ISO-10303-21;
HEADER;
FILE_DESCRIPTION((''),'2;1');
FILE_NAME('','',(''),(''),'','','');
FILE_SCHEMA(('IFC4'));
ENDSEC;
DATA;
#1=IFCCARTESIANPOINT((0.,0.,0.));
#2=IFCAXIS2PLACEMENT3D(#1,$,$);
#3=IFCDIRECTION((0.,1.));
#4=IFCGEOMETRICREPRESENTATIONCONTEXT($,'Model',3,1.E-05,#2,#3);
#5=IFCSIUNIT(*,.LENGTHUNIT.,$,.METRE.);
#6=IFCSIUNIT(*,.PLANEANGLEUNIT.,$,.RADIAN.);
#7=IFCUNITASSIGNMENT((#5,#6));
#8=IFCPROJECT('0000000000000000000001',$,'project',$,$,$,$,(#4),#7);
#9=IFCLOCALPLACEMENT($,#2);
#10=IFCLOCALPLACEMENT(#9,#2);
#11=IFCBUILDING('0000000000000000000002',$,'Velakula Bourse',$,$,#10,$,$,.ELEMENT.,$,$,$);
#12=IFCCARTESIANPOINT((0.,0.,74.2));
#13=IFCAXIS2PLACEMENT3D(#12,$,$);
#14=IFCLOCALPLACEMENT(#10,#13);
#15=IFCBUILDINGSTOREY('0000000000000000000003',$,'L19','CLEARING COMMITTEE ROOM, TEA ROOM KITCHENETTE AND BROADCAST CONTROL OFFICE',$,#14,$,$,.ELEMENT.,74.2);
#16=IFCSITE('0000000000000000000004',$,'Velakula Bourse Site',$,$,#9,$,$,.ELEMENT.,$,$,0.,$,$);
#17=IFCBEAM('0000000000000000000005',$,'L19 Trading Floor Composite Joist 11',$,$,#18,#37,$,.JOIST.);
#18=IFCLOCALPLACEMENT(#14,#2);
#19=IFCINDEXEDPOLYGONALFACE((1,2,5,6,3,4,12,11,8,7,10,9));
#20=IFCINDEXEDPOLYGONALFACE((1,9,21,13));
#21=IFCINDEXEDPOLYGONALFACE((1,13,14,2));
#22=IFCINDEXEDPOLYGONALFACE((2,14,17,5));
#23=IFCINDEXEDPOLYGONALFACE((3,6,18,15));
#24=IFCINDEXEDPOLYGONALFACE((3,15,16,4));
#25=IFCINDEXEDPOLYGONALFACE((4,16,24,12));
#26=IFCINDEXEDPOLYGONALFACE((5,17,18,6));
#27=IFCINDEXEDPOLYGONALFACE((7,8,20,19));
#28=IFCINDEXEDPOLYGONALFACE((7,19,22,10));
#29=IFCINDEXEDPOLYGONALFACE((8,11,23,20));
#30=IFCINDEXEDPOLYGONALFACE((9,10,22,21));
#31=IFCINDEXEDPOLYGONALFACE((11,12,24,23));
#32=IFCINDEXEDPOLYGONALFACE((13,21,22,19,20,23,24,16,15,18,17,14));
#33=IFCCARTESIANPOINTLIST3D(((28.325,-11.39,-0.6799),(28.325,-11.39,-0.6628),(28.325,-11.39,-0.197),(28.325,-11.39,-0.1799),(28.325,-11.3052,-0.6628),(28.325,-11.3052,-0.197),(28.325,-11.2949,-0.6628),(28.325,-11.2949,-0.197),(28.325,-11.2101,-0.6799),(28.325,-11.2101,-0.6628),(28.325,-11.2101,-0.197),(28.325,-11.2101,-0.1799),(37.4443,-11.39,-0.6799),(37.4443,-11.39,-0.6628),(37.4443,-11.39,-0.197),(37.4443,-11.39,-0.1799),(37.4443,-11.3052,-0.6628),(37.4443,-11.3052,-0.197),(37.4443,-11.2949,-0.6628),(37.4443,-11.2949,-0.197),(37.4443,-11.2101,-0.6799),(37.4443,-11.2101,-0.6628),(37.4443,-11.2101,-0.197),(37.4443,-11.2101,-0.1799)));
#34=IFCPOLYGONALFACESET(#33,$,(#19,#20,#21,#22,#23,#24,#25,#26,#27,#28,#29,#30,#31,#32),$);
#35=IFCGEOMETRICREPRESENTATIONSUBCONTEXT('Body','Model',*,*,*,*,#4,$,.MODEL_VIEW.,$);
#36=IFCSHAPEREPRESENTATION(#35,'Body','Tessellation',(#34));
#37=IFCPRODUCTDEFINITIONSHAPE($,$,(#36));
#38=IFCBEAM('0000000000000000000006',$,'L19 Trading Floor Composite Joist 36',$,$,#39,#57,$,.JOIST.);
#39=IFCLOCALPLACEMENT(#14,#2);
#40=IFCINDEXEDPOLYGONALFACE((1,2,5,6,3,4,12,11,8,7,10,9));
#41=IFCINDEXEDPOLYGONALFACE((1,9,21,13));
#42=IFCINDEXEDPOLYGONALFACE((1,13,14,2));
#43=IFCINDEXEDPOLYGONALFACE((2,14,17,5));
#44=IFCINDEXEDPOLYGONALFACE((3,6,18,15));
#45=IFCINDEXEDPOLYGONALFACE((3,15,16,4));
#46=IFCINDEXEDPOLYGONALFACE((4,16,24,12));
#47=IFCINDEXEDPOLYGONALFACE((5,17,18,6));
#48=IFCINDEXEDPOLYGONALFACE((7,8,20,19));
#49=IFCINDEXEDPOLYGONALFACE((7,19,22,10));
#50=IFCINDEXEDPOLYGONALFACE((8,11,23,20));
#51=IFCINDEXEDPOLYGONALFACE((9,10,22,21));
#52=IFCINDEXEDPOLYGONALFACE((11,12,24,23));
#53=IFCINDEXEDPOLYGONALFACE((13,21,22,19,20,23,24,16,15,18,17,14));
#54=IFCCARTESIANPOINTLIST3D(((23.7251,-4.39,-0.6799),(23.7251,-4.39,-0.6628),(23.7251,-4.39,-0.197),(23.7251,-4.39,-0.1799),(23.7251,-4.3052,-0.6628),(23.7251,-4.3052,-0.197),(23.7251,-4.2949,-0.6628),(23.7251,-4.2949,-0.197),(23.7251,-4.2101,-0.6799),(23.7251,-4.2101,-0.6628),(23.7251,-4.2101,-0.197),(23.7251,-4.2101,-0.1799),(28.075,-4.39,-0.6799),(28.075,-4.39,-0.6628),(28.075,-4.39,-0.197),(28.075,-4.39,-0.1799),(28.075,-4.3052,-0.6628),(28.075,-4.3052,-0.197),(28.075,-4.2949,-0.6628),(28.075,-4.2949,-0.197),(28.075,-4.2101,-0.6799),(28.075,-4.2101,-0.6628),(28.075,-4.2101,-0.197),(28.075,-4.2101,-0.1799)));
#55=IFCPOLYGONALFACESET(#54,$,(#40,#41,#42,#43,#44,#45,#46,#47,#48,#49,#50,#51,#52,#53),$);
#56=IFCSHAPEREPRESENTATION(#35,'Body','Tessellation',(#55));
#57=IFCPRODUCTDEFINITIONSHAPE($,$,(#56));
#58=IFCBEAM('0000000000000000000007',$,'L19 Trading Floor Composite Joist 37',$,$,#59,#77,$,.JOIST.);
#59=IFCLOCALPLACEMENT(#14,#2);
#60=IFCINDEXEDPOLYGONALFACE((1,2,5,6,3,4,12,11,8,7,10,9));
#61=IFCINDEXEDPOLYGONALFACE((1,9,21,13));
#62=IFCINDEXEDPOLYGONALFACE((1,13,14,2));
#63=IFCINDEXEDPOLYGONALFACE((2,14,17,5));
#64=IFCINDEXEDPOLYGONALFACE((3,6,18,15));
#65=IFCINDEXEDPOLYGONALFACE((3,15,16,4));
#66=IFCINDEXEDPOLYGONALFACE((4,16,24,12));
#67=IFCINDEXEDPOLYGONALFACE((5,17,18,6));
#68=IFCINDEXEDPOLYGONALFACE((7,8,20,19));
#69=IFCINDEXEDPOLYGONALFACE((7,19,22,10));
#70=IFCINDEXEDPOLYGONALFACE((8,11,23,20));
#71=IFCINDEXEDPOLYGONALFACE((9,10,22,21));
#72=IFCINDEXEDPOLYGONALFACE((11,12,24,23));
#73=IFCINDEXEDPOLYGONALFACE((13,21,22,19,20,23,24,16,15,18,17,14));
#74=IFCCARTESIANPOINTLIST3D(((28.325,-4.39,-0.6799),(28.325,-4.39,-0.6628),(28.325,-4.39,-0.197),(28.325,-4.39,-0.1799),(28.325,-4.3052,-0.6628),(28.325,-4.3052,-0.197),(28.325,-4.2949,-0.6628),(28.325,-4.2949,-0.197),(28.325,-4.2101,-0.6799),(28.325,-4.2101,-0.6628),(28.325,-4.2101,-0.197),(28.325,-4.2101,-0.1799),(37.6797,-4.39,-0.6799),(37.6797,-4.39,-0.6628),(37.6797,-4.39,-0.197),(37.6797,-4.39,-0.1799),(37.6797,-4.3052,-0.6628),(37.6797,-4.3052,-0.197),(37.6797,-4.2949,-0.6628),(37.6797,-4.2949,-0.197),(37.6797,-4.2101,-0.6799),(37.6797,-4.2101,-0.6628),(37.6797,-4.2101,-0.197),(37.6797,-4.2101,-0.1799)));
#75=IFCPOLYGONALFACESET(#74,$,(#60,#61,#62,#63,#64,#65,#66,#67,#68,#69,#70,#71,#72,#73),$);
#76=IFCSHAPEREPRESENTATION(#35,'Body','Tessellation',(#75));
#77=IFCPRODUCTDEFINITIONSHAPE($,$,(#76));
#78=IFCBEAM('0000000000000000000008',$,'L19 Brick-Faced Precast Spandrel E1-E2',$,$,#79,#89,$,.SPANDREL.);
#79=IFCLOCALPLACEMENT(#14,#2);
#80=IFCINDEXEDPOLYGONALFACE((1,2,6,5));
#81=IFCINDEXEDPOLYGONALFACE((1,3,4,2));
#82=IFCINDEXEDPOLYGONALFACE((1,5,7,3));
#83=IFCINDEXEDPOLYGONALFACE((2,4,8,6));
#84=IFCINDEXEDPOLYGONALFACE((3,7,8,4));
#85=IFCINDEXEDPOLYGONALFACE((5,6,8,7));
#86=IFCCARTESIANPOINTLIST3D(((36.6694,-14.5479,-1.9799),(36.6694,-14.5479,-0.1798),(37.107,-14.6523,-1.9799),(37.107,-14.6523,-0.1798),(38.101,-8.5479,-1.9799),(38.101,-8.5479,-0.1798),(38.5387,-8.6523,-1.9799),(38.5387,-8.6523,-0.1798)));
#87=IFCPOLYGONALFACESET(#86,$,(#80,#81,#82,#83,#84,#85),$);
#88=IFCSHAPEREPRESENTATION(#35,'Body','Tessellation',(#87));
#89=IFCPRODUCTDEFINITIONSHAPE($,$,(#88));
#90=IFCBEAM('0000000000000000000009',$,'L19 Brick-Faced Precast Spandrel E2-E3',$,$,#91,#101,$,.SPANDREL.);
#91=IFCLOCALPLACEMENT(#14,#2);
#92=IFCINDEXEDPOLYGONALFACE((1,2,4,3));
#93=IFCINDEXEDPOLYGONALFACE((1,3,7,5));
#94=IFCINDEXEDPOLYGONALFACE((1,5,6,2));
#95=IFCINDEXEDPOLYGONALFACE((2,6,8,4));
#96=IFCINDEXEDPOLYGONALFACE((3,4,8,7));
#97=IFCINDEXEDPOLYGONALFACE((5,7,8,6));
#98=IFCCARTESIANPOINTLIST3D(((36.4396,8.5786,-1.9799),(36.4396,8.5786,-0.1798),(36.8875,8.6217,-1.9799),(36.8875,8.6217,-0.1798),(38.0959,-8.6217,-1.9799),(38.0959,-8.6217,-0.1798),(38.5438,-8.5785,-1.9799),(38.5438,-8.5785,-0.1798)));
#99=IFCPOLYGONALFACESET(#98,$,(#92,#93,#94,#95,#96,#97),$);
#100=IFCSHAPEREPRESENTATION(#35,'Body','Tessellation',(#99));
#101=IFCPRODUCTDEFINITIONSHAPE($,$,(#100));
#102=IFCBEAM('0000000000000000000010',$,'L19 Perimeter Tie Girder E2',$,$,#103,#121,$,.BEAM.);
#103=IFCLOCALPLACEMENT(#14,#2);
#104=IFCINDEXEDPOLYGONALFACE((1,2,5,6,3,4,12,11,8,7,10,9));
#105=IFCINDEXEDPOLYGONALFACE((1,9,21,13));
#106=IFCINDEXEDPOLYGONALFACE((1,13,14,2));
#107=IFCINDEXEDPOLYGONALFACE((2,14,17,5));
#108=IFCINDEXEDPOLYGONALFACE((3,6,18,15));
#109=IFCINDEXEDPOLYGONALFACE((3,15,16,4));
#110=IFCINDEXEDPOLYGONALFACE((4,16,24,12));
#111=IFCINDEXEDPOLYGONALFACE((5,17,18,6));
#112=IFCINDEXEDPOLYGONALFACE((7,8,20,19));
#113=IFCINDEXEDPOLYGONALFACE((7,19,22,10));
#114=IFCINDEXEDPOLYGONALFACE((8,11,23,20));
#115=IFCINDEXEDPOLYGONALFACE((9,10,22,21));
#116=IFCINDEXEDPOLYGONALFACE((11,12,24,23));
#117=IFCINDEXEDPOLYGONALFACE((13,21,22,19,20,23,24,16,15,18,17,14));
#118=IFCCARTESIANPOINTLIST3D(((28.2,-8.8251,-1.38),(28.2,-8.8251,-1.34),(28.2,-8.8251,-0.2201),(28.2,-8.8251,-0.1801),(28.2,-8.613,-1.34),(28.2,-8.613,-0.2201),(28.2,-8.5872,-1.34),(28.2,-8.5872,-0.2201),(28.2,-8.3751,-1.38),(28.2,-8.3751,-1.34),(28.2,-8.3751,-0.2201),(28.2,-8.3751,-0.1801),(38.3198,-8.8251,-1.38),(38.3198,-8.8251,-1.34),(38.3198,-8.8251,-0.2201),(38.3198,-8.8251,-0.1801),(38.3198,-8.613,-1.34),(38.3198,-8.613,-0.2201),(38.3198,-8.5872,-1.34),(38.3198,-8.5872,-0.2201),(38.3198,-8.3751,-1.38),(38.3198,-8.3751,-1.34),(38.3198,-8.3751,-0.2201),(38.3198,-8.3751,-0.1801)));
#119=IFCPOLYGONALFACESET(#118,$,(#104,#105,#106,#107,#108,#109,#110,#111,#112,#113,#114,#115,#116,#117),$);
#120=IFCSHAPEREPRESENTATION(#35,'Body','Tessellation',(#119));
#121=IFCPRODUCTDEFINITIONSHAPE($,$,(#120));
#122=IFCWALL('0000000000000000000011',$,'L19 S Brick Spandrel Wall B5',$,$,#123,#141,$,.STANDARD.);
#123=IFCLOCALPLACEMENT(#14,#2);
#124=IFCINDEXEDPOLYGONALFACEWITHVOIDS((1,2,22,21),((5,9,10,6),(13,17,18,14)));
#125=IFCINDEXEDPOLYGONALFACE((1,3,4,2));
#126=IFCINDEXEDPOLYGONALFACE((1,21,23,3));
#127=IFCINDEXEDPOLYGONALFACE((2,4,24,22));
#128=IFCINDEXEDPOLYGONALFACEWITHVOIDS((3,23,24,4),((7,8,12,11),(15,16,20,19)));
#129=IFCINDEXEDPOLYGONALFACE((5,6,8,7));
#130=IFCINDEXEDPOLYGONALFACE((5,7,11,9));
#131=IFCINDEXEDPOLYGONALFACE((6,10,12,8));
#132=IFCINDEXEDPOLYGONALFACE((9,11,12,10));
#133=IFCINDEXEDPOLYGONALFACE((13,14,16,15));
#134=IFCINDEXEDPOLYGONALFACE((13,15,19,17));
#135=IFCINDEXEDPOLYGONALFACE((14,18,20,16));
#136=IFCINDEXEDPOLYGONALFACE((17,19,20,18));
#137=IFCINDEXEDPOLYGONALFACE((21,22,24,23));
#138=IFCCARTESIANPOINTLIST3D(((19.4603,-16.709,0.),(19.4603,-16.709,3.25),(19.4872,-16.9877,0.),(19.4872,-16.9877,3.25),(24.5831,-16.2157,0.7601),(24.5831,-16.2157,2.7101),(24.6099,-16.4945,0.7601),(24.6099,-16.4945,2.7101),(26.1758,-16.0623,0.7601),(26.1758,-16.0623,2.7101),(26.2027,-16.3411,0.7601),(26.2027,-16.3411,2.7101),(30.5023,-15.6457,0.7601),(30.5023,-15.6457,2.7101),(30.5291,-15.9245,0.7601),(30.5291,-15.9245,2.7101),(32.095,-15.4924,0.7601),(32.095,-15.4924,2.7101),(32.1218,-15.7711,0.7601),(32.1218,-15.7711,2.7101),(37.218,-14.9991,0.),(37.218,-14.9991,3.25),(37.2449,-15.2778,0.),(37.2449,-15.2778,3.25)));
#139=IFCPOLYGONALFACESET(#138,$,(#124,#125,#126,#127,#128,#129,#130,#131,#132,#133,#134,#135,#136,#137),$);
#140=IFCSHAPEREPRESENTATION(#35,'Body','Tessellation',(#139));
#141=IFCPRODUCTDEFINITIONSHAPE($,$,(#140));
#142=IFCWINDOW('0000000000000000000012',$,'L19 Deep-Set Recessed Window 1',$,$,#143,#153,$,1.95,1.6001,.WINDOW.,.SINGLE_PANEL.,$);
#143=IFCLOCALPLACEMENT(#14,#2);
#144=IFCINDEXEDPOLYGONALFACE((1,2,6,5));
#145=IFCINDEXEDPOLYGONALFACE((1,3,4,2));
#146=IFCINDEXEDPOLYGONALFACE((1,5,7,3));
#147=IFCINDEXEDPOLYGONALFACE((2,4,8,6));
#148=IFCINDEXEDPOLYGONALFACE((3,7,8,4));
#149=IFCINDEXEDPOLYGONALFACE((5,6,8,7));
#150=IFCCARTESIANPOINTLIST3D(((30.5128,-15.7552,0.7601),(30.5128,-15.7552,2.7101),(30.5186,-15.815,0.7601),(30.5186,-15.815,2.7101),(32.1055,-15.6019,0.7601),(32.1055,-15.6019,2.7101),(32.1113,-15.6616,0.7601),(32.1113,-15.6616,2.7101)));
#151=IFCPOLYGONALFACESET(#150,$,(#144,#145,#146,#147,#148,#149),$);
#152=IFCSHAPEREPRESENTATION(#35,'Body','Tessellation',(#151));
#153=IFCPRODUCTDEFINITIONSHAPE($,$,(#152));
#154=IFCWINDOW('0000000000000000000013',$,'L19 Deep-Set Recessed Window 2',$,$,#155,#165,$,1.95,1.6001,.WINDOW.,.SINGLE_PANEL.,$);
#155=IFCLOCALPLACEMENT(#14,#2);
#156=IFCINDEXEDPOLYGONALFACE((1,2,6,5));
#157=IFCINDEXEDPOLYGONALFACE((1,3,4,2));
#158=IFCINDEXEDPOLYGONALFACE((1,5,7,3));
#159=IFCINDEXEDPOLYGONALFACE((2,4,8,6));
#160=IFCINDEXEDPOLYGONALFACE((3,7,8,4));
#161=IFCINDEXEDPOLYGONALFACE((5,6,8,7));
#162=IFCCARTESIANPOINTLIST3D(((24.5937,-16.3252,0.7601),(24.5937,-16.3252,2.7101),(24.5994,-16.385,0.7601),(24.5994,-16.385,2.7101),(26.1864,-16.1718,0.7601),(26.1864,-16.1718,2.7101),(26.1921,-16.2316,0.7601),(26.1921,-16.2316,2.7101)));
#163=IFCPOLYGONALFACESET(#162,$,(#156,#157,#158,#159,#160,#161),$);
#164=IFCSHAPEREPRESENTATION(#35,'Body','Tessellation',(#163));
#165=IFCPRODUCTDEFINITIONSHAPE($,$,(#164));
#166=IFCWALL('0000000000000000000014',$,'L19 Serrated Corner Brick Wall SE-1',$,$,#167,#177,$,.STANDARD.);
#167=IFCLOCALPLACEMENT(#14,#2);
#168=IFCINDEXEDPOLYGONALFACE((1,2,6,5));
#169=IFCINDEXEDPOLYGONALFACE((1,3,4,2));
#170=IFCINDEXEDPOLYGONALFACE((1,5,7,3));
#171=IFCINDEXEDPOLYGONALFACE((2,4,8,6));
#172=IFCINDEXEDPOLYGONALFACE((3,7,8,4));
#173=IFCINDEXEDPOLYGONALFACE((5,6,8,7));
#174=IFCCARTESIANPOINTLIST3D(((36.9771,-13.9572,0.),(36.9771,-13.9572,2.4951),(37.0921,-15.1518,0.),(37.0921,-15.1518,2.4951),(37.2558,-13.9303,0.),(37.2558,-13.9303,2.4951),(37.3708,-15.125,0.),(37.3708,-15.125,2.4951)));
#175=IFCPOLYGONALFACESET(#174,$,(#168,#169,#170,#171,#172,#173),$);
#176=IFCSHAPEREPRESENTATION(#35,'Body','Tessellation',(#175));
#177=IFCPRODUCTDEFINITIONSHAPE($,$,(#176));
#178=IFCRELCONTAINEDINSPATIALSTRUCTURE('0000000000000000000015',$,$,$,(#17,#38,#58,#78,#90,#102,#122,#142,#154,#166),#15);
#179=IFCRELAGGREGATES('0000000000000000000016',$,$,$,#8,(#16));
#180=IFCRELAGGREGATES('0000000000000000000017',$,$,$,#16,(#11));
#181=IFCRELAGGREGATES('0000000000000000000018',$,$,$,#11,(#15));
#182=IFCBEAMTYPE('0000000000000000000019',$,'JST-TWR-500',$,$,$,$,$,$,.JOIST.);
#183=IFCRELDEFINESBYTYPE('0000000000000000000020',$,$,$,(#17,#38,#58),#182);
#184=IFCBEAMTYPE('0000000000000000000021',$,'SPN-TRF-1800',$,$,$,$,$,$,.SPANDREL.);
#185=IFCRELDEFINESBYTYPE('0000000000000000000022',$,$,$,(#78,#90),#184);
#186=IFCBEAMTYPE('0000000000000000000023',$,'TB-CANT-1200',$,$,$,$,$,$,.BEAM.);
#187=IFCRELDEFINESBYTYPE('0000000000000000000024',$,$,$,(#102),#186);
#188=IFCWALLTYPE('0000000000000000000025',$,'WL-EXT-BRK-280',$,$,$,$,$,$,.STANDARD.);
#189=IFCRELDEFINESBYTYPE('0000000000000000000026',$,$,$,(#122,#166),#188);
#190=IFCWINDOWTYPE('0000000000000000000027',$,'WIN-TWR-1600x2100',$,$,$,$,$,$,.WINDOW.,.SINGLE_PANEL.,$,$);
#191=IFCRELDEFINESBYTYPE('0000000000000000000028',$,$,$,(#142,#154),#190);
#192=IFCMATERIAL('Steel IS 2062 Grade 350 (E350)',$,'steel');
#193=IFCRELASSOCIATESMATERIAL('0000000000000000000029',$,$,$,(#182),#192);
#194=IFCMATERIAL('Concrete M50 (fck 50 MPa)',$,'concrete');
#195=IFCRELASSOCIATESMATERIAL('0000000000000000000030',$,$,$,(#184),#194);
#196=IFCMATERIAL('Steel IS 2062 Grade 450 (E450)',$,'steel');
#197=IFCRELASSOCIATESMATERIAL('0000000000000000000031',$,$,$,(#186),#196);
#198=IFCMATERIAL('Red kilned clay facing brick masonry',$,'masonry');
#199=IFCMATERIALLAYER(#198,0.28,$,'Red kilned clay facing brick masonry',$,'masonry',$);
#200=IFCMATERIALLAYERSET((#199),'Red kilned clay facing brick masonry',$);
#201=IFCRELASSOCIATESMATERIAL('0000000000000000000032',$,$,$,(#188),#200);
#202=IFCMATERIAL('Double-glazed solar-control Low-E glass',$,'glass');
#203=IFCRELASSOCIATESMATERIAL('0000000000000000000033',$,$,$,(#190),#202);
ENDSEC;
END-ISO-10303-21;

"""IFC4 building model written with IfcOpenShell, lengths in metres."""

from ifc_helpers import new_model, si_unit, direction, frame, frame_2d, origin, origin_2d, place, context, subcontext, project, spatial, rectangle, i_section, extrude, material, layer, layer_set, material_profile, profile_set, type_object, element, fill, save


model = new_model("IFC4")

# Units and contexts
model_context = context("Model", 3, precision=1e-05, world=origin(), true_north=direction((0.0, 1.0)))
body_context = subcontext(model_context, "Body", "Model", "MODEL_VIEW")
ifc_project = project(units=[si_unit("LENGTHUNIT", "METRE"), si_unit("PLANEANGLEUNIT", "RADIAN")], contexts=[model_context])

# Site, building, storey
site_placement = place(None, origin())
site = spatial("IfcSite", under=ifc_project, at=site_placement, Name="Velakula Bourse Site", CompositionType="ELEMENT", RefElevation=0.0)
building_placement = place(site_placement, origin())
building = spatial("IfcBuilding", under=site, at=building_placement, Name="Velakula Bourse", CompositionType="ELEMENT")
storey_placement = place(building_placement, frame((0.0, 0.0, 74.2)))
storey = spatial("IfcBuildingStorey", under=building, at=storey_placement, Name="L19", Description="CLEARING COMMITTEE ROOM, TEA ROOM KITCHENETTE AND BROADCAST CONTROL OFFICE", CompositionType="ELEMENT", Elevation=74.2)

# Shared definitions
ifc_material_1 = material(Name="Steel IS 2062 Grade 450 (E450)", Category="steel")

# Beams
ifc_material_2 = material(Name="Steel IS 2062 Grade 350 (E350)", Category="steel")
ifc_material_profile_1 = material_profile(ifc_material_2, i_section(OverallWidth=0.1799, OverallDepth=0.5, WebThickness=0.0103, FlangeThickness=0.0171, at=origin_2d()), Name="Steel IS 2062 Grade 350 (E350)")
ifc_profile_set_1 = profile_set([ifc_material_profile_1], Name="Steel IS 2062 Grade 350 (E350)")
beam_type_1 = type_object("IfcBeamType", Name="JST-TWR-500", PredefinedType="JOIST", material=ifc_profile_set_1)
beam_1_placement = place(storey_placement, frame((28.325, -11.3, -0.4299), z_axis=(1.0, 0.0, 0.0), x_axis=(0.0, 1.0, 0.0)))
element("IfcBeam", 1, at=beam_1_placement, inside=storey, type_object=beam_type_1, Name="L19 Trading Floor Composite Joist 11", PredefinedType="JOIST", context=body_context, shape_type="SweptSolid", body=[
    extrude(i_section(OverallWidth=0.1799, OverallDepth=0.5, WebThickness=0.0103, FlangeThickness=0.0171, at=origin_2d()), origin(), (0.0, 0.0, 1.0), 9.1194),
])
beam_2_placement = place(storey_placement, frame((23.7251, -4.3, -0.4299), z_axis=(1.0, 0.0, 0.0), x_axis=(0.0, 1.0, 0.0)))
element("IfcBeam", 2, at=beam_2_placement, inside=storey, type_object=beam_type_1, Name="L19 Trading Floor Composite Joist 36", PredefinedType="JOIST", context=body_context, shape_type="SweptSolid", body=[
    extrude(i_section(OverallWidth=0.1799, OverallDepth=0.5, WebThickness=0.0103, FlangeThickness=0.0171, at=origin_2d()), origin(), (0.0, 0.0, 1.0), 4.3499),
])
beam_3_placement = place(storey_placement, frame((28.325, -4.3, -0.4299), z_axis=(1.0, 0.0, 0.0), x_axis=(0.0, 1.0, 0.0)))
element("IfcBeam", 3, at=beam_3_placement, inside=storey, type_object=beam_type_1, Name="L19 Trading Floor Composite Joist 37", PredefinedType="JOIST", context=body_context, shape_type="SweptSolid", body=[
    extrude(i_section(OverallWidth=0.1799, OverallDepth=0.5, WebThickness=0.0103, FlangeThickness=0.0171, at=origin_2d()), origin(), (0.0, 0.0, 1.0), 9.3547),
])
ifc_material_3 = material(Name="Concrete M50 (fck 50 MPa)", Category="concrete")
ifc_material_profile_2 = material_profile(ifc_material_3, rectangle(XDim=0.45, YDim=1.8, at=origin_2d()), Name="Concrete M50 (fck 50 MPa)")
ifc_profile_set_2 = profile_set([ifc_material_profile_2], Name="Concrete M50 (fck 50 MPa)")
beam_type_2 = type_object("IfcBeamType", Name="SPN-TRF-1800", PredefinedType="SPANDREL", material=ifc_profile_set_2)
beam_4_placement = place(storey_placement, frame((36.8882, -14.6001, -1.0798), z_axis=(0.232091, 0.972694, 0.0), x_axis=(-0.972694, 0.232091, 0.0)))
element("IfcBeam", 4, at=beam_4_placement, inside=storey, type_object=beam_type_2, Name="L19 Brick-Faced Precast Spandrel E1-E2", PredefinedType="SPANDREL", context=body_context, shape_type="SweptSolid", body=[
    extrude(rectangle(XDim=0.45, YDim=1.8, at=origin_2d()), origin(), (0.0, 0.0, 1.0), 6.1685),
])
beam_5_placement = place(storey_placement, frame((38.3198, -8.6001, -1.0798), z_axis=(-0.095849, 0.995396, 0.0), x_axis=(-0.995396, -0.095849, 0.0)))
element("IfcBeam", 5, at=beam_5_placement, inside=storey, type_object=beam_type_2, Name="L19 Brick-Faced Precast Spandrel E2-E3", PredefinedType="SPANDREL", context=body_context, shape_type="SweptSolid", body=[
    extrude(rectangle(XDim=0.45, YDim=1.8, at=origin_2d()), origin(), (0.0, 0.0, 1.0), 17.2798),
])
ifc_material_profile_3 = material_profile(ifc_material_1, i_section(OverallWidth=0.45, OverallDepth=1.2, WebThickness=0.0259, FlangeThickness=0.04, at=origin_2d()), Name="Steel IS 2062 Grade 450 (E450)")
ifc_profile_set_3 = profile_set([ifc_material_profile_3], Name="Steel IS 2062 Grade 450 (E450)")
beam_type_3 = type_object("IfcBeamType", Name="TB-CANT-1200", PredefinedType="BEAM", material=ifc_profile_set_3)
beam_6_placement = place(storey_placement, frame((28.2, -8.6001, -0.78), z_axis=(1.0, 0.0, 0.0), x_axis=(0.0, 1.0, 0.0)))
element("IfcBeam", 6, at=beam_6_placement, inside=storey, type_object=beam_type_3, Name="L19 Perimeter Tie Girder E2", PredefinedType="BEAM", context=body_context, shape_type="SweptSolid", body=[
    extrude(i_section(OverallWidth=0.45, OverallDepth=1.2, WebThickness=0.0259, FlangeThickness=0.04, at=origin_2d()), origin(), (0.0, 0.0, 1.0), 10.1199),
])

# Wall, openings, windows
ifc_material_4 = material(Name="Red kilned clay facing brick masonry", Category="masonry")
ifc_layer_1 = layer(ifc_material_4, 0.28, Name="Red kilned clay facing brick masonry", Category="masonry")
ifc_layer_set_1 = layer_set([ifc_layer_1], Name="Red kilned clay facing brick masonry")
wall_type_1 = type_object("IfcWallType", Name="WL-EXT-BRK-280", PredefinedType="STANDARD", material=ifc_layer_set_1)
wall_1_placement = place(storey_placement, frame((37.2314, -15.1384, 0.0), z_axis=(0.0, 0.0, 1.0), x_axis=(-0.995396, -0.09585, 0.0)))
wall_1 = element("IfcWall", 7, at=wall_1_placement, inside=storey, type_object=wall_type_1, Name="L19 S Brick Spandrel Wall B5", PredefinedType="STANDARD", context=body_context, shape_type="SweptSolid", body=[
    extrude(rectangle(XDim=17.8398, YDim=0.28, at=frame_2d((8.9199, 0.0))), origin(), (0.0, 0.0, 1.0), 3.25),
])
opening_1_placement = place(wall_1_placement, frame((5.1467, 0.0, 0.76)))
opening_1 = element("IfcOpeningElement", 8, at=opening_1_placement, cuts=wall_1, PredefinedType="OPENING", context=body_context, shape_type="SweptSolid", body=[
    extrude(rectangle(XDim=1.6001, YDim=1.95, at=frame_2d((0.8, 0.9751))), frame((0.0, 0.1499, 0.0), z_axis=(0.0, -1.0, 0.0), x_axis=(1.0, 0.0, 0.0)), (0.0, 0.0, 1.0), 0.3),
])
opening_2_placement = place(wall_1_placement, frame((11.0933, 0.0, 0.76)))
opening_2 = element("IfcOpeningElement", 9, at=opening_2_placement, cuts=wall_1, PredefinedType="OPENING", context=body_context, shape_type="SweptSolid", body=[
    extrude(rectangle(XDim=1.6001, YDim=1.95, at=frame_2d((0.8, 0.9751))), frame((0.0, 0.1499, 0.0), z_axis=(0.0, -1.0, 0.0), x_axis=(1.0, 0.0, 0.0)), (0.0, 0.0, 1.0), 0.3),
])
ifc_material_5 = material(Name="Double-glazed solar-control Low-E glass", Category="glass")
window_type = type_object("IfcWindowType", Name="WIN-TWR-1600x2100", PartitioningType="SINGLE_PANEL", PredefinedType="WINDOW", material=ifc_material_5)
window_1_placement = place(opening_1_placement, origin())
window_1 = element("IfcWindow", 10, at=window_1_placement, inside=storey, type_object=window_type, Name="L19 Deep-Set Recessed Window 1", OverallHeight=1.95, OverallWidth=1.6001, PartitioningType="SINGLE_PANEL", PredefinedType="WINDOW", context=body_context, shape_type="SweptSolid", body=[
    extrude(rectangle(XDim=1.6001, YDim=1.95, at=frame_2d((0.8, 0.9751))), frame((0.0, 0.03, 0.0), z_axis=(0.0, -1.0, 0.0), x_axis=(1.0, 0.0, 0.0)), (0.0, 0.0, 1.0), 0.0601),
])
fill(opening_1, window_1)
window_2_placement = place(opening_2_placement, origin())
window_2 = element("IfcWindow", 11, at=window_2_placement, inside=storey, type_object=window_type, Name="L19 Deep-Set Recessed Window 2", OverallHeight=1.95, OverallWidth=1.6001, PartitioningType="SINGLE_PANEL", PredefinedType="WINDOW", context=body_context, shape_type="SweptSolid", body=[
    extrude(rectangle(XDim=1.6001, YDim=1.95, at=frame_2d((0.8, 0.9751))), frame((0.0, 0.03, 0.0), z_axis=(0.0, -1.0, 0.0), x_axis=(1.0, 0.0, 0.0)), (0.0, 0.0, 1.0), 0.0601),
])
fill(opening_2, window_2)

# Wall
for number, where, z_axis, x_axis, name in (
    (12, (37.2314, -15.1384, 0.0), (0.0, 0.0, 1.0), (-0.095817, 0.995399, 0.0), "L19 Serrated Corner Brick Wall SE-1"),
):
    element("IfcWall", number, at=place(storey_placement, frame(where, z_axis=z_axis, x_axis=x_axis)), inside=storey, type_object=wall_type_1, Name=name, PredefinedType="STANDARD", context=body_context, shape_type="SweptSolid", body=[
        extrude(rectangle(XDim=1.2002, YDim=0.28, at=frame_2d((0.6001, 0.0))), origin(), (0.0, 0.0, 1.0), 2.4951),
    ])

save(model, "model.ifc")
